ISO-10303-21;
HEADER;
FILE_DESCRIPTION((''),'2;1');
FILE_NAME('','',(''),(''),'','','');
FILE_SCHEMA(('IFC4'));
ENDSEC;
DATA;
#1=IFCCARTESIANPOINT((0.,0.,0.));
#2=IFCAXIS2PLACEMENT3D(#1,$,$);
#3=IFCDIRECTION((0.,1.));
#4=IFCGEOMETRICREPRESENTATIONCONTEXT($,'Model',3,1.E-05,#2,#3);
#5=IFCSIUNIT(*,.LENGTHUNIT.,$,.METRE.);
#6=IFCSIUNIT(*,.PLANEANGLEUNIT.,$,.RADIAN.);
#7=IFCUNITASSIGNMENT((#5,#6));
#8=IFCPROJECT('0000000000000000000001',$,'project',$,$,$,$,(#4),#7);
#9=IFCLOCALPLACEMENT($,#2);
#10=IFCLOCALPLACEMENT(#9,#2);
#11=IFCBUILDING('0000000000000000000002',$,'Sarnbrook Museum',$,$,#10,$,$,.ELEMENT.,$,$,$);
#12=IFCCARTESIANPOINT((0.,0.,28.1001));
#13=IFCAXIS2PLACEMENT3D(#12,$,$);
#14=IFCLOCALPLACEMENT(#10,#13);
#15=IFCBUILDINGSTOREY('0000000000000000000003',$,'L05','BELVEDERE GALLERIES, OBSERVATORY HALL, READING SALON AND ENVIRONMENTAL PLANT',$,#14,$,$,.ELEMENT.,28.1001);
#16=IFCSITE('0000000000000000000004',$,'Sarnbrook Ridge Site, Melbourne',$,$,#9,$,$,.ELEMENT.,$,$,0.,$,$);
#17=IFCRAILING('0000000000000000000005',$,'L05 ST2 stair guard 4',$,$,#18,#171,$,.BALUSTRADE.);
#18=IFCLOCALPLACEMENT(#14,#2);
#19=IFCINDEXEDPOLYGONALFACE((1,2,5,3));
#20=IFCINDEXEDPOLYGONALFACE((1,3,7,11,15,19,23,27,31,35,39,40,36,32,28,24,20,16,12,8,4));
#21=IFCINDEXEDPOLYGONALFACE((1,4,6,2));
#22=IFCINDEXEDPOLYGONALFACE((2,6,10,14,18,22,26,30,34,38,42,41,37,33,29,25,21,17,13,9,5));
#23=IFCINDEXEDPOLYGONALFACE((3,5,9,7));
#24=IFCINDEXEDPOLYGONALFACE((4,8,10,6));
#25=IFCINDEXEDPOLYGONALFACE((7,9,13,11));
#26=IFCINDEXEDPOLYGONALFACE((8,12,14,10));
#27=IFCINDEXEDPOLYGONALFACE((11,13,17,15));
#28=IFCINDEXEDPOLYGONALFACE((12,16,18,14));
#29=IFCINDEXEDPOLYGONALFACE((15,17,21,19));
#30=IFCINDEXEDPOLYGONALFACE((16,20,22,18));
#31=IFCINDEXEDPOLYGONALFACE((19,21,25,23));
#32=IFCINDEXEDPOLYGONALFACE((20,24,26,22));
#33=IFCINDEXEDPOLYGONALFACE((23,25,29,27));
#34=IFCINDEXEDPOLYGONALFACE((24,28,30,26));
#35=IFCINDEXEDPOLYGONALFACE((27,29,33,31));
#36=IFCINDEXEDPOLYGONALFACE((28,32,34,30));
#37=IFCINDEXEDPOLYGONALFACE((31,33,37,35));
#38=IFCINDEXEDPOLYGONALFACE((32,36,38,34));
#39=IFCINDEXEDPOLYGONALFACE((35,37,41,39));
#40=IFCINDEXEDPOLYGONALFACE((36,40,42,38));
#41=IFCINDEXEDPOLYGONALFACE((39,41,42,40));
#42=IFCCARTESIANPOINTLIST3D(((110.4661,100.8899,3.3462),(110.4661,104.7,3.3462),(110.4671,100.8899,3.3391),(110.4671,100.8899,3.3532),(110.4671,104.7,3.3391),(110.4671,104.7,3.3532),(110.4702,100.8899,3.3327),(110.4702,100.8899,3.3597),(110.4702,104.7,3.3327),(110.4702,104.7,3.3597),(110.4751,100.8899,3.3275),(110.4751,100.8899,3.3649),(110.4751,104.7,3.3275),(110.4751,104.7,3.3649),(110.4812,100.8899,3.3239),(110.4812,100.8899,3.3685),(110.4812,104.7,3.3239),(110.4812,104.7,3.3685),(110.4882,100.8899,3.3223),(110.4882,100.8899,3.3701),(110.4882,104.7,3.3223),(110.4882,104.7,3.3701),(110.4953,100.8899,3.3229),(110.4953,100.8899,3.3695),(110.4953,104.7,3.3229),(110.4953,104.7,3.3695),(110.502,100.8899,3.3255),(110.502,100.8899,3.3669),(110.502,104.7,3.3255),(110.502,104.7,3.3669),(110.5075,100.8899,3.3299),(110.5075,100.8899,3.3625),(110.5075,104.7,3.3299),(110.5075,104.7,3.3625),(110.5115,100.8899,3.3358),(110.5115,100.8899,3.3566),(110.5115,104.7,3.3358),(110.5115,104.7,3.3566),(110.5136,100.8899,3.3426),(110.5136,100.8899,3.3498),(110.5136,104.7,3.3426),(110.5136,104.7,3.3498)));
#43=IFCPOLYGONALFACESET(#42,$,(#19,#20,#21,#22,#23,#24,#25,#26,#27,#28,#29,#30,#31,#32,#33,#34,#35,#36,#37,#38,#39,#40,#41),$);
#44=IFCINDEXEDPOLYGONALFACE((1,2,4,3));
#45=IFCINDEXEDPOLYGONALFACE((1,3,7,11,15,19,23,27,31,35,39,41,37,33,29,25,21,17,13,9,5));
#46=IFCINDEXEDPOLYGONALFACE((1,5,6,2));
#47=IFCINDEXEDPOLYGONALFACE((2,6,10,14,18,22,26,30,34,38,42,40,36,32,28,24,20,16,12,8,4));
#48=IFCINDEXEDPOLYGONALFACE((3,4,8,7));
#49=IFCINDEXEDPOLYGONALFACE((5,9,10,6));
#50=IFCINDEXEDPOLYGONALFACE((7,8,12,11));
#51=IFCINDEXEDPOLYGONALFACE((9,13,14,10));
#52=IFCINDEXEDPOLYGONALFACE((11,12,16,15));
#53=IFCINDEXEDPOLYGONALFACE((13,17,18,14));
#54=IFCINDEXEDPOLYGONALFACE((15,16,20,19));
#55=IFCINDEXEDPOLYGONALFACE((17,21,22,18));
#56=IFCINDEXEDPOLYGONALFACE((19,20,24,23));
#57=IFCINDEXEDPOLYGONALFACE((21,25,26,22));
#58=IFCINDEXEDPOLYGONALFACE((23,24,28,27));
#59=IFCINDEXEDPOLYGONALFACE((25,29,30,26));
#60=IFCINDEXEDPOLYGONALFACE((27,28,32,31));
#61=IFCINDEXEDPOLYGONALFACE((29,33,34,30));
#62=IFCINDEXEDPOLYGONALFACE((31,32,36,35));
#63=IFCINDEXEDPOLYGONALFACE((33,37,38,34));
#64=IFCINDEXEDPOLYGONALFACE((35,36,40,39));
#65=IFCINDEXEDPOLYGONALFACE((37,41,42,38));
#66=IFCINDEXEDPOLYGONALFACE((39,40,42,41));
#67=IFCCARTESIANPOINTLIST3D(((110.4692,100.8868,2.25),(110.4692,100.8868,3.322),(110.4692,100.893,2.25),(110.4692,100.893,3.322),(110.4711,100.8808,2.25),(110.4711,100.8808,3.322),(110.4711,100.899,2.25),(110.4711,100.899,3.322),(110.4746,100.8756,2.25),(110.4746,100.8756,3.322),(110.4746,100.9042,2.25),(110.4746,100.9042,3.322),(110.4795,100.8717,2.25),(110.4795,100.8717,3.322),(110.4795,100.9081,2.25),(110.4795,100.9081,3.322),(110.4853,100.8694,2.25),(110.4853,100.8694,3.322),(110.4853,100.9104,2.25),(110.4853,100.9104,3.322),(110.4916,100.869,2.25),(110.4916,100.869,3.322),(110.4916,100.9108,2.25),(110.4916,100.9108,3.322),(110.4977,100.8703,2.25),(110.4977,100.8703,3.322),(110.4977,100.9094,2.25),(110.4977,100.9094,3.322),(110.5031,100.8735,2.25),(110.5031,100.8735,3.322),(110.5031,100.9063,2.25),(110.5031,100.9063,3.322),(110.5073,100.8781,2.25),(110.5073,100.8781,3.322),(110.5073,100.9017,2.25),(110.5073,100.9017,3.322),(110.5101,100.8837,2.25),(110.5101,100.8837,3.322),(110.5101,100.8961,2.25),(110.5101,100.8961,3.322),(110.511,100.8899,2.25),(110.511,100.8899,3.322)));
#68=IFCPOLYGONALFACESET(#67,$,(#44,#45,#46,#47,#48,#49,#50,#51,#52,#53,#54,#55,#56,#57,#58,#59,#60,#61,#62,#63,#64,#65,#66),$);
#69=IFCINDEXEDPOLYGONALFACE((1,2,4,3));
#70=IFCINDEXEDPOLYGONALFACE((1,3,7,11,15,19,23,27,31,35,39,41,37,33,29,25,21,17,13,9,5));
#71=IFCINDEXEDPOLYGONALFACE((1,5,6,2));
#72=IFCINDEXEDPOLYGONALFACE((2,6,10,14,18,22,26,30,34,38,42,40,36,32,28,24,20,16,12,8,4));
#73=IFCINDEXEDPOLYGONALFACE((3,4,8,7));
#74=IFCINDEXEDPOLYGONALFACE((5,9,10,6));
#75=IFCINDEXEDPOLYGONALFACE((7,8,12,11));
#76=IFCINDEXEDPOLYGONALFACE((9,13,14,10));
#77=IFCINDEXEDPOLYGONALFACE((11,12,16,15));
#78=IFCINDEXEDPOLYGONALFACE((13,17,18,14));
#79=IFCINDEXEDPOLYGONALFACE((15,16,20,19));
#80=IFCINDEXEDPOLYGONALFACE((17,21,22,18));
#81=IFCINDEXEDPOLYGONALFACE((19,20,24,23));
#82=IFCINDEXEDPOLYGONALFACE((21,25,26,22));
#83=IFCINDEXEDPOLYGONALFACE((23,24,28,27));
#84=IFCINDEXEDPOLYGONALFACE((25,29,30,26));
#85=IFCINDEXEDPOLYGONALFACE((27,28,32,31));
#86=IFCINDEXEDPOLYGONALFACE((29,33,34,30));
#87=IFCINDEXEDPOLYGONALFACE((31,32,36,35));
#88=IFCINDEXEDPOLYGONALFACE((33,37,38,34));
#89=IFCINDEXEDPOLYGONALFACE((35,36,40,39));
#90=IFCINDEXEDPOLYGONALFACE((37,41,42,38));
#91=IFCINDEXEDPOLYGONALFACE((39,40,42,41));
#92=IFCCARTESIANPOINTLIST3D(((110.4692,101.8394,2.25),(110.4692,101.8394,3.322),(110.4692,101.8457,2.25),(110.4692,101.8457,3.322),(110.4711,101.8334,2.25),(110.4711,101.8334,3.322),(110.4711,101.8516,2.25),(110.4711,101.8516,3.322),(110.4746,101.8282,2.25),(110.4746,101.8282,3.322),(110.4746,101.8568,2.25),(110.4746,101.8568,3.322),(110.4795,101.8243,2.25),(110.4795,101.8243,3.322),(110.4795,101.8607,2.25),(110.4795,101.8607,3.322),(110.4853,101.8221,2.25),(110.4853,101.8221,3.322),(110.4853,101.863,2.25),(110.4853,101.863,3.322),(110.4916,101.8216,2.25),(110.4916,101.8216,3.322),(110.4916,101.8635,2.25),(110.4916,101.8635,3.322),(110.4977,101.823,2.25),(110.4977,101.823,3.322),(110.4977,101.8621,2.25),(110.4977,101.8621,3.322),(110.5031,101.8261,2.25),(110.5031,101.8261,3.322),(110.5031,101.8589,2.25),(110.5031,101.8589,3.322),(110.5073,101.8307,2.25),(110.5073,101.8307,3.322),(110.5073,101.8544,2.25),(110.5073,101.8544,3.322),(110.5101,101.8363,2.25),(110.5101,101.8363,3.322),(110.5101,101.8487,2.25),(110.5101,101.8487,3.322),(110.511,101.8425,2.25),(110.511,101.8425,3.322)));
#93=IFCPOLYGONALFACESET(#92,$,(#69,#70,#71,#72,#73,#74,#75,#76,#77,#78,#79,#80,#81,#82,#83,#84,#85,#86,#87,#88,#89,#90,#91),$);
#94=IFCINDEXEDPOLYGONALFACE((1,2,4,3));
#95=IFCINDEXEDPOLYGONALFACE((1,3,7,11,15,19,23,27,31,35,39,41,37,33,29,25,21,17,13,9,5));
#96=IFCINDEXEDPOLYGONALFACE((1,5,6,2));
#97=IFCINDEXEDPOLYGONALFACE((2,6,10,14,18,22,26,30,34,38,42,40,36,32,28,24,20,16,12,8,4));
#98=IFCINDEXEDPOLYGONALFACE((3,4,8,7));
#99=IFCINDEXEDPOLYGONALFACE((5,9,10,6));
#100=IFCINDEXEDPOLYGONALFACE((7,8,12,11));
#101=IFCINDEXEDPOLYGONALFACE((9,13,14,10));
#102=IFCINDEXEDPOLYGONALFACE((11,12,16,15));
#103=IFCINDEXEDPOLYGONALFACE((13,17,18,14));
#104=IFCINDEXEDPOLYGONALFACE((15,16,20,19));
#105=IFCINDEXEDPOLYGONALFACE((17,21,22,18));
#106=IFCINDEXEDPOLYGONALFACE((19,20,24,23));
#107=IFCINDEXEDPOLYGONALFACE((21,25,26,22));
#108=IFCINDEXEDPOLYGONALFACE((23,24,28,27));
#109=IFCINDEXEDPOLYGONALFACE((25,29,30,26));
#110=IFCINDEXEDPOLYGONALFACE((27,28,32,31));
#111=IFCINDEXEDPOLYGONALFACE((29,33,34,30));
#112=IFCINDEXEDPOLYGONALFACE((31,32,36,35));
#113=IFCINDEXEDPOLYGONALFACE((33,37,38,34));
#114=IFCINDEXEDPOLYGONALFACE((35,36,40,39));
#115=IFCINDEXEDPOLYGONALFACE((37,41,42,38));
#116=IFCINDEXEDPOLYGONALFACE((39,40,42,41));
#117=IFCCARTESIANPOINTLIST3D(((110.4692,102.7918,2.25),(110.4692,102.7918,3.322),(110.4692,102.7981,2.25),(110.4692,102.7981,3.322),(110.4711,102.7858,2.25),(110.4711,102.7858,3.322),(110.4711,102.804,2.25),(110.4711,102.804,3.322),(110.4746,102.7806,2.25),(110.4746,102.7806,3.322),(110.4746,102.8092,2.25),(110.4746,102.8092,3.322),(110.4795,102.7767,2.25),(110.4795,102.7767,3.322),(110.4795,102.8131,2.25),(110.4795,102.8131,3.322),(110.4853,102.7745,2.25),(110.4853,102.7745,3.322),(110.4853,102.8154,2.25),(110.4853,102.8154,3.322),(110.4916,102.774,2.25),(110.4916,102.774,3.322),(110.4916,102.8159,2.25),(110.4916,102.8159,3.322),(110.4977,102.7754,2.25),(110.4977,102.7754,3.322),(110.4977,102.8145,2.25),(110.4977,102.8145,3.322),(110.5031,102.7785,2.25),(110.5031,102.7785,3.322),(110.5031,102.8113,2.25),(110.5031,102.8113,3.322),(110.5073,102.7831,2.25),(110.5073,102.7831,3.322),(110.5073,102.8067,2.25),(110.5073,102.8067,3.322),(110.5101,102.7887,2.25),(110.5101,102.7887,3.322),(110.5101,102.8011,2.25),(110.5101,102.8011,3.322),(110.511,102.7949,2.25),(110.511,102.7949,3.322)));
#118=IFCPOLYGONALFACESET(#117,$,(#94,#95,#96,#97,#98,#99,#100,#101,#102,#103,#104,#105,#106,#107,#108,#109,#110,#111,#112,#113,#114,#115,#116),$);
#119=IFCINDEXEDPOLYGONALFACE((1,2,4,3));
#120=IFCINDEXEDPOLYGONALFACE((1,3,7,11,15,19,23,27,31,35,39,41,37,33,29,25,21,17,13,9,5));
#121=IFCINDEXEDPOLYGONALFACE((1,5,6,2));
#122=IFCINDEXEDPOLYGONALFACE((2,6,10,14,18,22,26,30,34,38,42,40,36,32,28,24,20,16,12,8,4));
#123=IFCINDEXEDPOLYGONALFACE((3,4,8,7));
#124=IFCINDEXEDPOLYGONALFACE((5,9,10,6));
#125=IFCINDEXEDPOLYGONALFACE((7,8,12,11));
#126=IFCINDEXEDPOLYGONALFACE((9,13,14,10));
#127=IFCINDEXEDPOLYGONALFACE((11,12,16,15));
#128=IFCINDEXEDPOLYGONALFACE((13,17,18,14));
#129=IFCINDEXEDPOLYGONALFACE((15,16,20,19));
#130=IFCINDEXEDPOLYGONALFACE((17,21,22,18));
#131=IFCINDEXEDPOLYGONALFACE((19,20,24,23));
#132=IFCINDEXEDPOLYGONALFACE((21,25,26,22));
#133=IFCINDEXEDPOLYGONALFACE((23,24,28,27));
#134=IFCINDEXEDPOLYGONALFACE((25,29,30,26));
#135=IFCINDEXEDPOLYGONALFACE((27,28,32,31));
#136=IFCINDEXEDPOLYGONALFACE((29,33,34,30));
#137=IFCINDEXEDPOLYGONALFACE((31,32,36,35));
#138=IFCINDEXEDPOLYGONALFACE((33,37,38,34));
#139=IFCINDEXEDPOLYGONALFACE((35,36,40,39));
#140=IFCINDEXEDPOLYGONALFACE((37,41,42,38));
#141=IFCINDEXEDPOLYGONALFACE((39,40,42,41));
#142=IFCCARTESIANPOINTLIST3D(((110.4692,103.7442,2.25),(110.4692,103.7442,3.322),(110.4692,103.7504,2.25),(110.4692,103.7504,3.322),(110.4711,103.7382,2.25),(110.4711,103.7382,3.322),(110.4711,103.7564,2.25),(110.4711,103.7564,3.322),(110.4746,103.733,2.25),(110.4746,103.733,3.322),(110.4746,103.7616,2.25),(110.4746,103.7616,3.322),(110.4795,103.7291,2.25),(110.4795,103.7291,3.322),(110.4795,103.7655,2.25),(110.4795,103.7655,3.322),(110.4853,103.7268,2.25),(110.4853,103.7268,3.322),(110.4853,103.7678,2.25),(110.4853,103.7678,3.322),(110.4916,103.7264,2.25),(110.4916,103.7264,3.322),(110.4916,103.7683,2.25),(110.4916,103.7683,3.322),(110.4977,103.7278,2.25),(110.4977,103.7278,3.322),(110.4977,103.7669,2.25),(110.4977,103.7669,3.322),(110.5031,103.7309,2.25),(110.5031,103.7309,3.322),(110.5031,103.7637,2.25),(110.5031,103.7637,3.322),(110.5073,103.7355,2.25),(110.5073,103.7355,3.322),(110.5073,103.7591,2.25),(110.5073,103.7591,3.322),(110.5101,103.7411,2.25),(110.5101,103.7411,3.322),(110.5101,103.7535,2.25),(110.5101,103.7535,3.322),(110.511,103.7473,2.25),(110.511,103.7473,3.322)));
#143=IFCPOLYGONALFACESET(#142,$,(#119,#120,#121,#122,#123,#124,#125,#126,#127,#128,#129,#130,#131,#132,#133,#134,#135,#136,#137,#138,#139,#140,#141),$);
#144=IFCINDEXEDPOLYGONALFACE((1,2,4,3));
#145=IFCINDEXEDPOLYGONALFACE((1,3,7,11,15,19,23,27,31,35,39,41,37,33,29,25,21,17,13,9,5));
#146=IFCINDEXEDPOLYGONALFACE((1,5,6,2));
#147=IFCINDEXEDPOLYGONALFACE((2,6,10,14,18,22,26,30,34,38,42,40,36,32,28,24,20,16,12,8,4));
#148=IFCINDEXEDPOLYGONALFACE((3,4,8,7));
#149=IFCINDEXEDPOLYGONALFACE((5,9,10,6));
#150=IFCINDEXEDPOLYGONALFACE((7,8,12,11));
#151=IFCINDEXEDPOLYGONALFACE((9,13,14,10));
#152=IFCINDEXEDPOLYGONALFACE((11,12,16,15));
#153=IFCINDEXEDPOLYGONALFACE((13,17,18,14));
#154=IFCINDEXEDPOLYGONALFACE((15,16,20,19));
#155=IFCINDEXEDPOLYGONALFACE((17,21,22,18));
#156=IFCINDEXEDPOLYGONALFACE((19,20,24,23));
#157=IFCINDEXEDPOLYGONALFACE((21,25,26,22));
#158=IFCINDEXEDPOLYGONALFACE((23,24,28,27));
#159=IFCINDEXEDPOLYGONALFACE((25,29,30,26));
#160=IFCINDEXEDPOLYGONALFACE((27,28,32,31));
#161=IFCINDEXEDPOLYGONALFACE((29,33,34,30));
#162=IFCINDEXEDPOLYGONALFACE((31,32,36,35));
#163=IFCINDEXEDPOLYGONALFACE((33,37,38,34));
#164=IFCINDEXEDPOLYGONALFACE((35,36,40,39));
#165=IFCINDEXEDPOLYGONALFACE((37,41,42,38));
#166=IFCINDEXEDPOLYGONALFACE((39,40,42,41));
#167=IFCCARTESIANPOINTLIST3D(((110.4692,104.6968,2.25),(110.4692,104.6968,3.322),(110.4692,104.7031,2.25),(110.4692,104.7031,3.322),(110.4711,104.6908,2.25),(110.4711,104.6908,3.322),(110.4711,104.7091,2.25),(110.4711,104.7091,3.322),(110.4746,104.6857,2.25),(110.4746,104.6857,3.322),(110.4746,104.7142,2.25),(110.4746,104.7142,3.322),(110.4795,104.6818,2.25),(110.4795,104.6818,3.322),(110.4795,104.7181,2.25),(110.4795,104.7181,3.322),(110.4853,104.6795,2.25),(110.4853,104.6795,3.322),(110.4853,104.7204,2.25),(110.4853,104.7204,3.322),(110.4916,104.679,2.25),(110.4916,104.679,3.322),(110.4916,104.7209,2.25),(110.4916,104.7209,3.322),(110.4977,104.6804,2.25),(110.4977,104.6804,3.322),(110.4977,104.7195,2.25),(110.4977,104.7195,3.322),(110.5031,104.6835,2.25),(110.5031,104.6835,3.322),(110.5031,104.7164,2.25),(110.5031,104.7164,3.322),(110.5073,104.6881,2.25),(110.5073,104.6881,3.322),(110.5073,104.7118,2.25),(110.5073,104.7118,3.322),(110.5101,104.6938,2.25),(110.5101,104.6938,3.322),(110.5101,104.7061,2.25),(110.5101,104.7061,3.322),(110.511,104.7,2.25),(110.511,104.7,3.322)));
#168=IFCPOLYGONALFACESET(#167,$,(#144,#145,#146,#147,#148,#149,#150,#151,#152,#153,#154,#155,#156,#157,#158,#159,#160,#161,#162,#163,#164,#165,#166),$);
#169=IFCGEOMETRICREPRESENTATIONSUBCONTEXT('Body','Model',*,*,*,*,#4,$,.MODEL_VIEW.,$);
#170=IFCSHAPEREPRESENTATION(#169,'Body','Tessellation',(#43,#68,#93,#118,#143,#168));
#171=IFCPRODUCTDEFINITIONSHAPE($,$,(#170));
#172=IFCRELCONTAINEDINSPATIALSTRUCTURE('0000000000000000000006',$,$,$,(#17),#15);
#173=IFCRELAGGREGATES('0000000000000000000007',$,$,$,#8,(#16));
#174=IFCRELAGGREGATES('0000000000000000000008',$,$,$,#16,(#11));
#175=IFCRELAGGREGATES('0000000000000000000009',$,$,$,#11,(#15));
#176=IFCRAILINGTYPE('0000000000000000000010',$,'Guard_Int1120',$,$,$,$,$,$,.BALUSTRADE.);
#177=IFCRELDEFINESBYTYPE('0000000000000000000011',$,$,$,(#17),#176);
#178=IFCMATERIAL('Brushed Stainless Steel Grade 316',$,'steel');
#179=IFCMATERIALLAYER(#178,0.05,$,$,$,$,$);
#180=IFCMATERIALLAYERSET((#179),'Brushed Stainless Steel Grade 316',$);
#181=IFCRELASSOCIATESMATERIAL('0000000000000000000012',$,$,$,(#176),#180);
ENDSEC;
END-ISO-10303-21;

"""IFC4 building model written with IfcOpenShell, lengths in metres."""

from ifc_helpers import new_model, si_unit, direction, frame, origin, origin_2d, place, context, subcontext, project, spatial, circle, extrude, material, layer, layer_set, type_object, element, save


model = new_model("IFC4")

# Units and contexts
model_context = context("Model", 3, precision=1e-05, world=origin(), true_north=direction((0.0, 1.0)))
body_context = subcontext(model_context, "Body", "Model", "MODEL_VIEW")
ifc_project = project(units=[si_unit("LENGTHUNIT", "METRE"), si_unit("PLANEANGLEUNIT", "RADIAN")], contexts=[model_context])

# Site, building, storey
site_placement = place(None, origin())
site = spatial("IfcSite", under=ifc_project, at=site_placement, Name="Sarnbrook Ridge Site, Melbourne", CompositionType="ELEMENT", RefElevation=0.0)
building_placement = place(site_placement, origin())
building = spatial("IfcBuilding", under=site, at=building_placement, Name="Sarnbrook Museum", CompositionType="ELEMENT")
storey_placement = place(building_placement, frame((0.0, 0.0, 28.1001)))
storey = spatial("IfcBuildingStorey", under=building, at=storey_placement, Name="L05", Description="BELVEDERE GALLERIES, OBSERVATORY HALL, READING SALON AND ENVIRONMENTAL PLANT", CompositionType="ELEMENT", Elevation=28.1001)

# Railing
ifc_material_1 = material(Name="Brushed Stainless Steel Grade 316", Category="steel")
ifc_layer_1 = layer(ifc_material_1, 0.05)
ifc_layer_set_1 = layer_set([ifc_layer_1], Name="Brushed Stainless Steel Grade 316")
railing_type_1 = type_object("IfcRailingType", Name="Guard_Int1120", PredefinedType="BALUSTRADE", material=ifc_layer_set_1)
for number, where, name in (
    (1, (110.49, 100.8899, 2.25), "L05 ST2 stair guard 4"),
):
    element("IfcRailing", number, at=place(storey_placement, frame(where)), inside=storey, type_object=railing_type_1, Name=name, PredefinedType="BALUSTRADE", context=body_context, shape_type="SweptSolid", body=[
        extrude(circle(Radius=0.0239, at=origin_2d()), frame((0.0, 0.0, 1.0962), z_axis=(0.0, 1.0, 0.0), x_axis=(-1.0, 0.0, 0.0)), (0.0, 0.0, 1.0), 3.8101),
        extrude(circle(Radius=0.021, at=origin_2d()), origin(), (0.0, 0.0, 1.0), 1.072),
        extrude(circle(Radius=0.021, at=origin_2d()), frame((0.0, 0.9526, 0.0)), (0.0, 0.0, 1.0), 1.072),
        extrude(circle(Radius=0.021, at=origin_2d()), frame((0.0, 1.905, 0.0)), (0.0, 0.0, 1.0), 1.072),
        extrude(circle(Radius=0.021, at=origin_2d()), frame((0.0, 2.8574, 0.0)), (0.0, 0.0, 1.0), 1.072),
        extrude(circle(Radius=0.021, at=origin_2d()), frame((0.0, 3.8101, 0.0)), (0.0, 0.0, 1.0), 1.072),
    ])

save(model, "model.ifc")
